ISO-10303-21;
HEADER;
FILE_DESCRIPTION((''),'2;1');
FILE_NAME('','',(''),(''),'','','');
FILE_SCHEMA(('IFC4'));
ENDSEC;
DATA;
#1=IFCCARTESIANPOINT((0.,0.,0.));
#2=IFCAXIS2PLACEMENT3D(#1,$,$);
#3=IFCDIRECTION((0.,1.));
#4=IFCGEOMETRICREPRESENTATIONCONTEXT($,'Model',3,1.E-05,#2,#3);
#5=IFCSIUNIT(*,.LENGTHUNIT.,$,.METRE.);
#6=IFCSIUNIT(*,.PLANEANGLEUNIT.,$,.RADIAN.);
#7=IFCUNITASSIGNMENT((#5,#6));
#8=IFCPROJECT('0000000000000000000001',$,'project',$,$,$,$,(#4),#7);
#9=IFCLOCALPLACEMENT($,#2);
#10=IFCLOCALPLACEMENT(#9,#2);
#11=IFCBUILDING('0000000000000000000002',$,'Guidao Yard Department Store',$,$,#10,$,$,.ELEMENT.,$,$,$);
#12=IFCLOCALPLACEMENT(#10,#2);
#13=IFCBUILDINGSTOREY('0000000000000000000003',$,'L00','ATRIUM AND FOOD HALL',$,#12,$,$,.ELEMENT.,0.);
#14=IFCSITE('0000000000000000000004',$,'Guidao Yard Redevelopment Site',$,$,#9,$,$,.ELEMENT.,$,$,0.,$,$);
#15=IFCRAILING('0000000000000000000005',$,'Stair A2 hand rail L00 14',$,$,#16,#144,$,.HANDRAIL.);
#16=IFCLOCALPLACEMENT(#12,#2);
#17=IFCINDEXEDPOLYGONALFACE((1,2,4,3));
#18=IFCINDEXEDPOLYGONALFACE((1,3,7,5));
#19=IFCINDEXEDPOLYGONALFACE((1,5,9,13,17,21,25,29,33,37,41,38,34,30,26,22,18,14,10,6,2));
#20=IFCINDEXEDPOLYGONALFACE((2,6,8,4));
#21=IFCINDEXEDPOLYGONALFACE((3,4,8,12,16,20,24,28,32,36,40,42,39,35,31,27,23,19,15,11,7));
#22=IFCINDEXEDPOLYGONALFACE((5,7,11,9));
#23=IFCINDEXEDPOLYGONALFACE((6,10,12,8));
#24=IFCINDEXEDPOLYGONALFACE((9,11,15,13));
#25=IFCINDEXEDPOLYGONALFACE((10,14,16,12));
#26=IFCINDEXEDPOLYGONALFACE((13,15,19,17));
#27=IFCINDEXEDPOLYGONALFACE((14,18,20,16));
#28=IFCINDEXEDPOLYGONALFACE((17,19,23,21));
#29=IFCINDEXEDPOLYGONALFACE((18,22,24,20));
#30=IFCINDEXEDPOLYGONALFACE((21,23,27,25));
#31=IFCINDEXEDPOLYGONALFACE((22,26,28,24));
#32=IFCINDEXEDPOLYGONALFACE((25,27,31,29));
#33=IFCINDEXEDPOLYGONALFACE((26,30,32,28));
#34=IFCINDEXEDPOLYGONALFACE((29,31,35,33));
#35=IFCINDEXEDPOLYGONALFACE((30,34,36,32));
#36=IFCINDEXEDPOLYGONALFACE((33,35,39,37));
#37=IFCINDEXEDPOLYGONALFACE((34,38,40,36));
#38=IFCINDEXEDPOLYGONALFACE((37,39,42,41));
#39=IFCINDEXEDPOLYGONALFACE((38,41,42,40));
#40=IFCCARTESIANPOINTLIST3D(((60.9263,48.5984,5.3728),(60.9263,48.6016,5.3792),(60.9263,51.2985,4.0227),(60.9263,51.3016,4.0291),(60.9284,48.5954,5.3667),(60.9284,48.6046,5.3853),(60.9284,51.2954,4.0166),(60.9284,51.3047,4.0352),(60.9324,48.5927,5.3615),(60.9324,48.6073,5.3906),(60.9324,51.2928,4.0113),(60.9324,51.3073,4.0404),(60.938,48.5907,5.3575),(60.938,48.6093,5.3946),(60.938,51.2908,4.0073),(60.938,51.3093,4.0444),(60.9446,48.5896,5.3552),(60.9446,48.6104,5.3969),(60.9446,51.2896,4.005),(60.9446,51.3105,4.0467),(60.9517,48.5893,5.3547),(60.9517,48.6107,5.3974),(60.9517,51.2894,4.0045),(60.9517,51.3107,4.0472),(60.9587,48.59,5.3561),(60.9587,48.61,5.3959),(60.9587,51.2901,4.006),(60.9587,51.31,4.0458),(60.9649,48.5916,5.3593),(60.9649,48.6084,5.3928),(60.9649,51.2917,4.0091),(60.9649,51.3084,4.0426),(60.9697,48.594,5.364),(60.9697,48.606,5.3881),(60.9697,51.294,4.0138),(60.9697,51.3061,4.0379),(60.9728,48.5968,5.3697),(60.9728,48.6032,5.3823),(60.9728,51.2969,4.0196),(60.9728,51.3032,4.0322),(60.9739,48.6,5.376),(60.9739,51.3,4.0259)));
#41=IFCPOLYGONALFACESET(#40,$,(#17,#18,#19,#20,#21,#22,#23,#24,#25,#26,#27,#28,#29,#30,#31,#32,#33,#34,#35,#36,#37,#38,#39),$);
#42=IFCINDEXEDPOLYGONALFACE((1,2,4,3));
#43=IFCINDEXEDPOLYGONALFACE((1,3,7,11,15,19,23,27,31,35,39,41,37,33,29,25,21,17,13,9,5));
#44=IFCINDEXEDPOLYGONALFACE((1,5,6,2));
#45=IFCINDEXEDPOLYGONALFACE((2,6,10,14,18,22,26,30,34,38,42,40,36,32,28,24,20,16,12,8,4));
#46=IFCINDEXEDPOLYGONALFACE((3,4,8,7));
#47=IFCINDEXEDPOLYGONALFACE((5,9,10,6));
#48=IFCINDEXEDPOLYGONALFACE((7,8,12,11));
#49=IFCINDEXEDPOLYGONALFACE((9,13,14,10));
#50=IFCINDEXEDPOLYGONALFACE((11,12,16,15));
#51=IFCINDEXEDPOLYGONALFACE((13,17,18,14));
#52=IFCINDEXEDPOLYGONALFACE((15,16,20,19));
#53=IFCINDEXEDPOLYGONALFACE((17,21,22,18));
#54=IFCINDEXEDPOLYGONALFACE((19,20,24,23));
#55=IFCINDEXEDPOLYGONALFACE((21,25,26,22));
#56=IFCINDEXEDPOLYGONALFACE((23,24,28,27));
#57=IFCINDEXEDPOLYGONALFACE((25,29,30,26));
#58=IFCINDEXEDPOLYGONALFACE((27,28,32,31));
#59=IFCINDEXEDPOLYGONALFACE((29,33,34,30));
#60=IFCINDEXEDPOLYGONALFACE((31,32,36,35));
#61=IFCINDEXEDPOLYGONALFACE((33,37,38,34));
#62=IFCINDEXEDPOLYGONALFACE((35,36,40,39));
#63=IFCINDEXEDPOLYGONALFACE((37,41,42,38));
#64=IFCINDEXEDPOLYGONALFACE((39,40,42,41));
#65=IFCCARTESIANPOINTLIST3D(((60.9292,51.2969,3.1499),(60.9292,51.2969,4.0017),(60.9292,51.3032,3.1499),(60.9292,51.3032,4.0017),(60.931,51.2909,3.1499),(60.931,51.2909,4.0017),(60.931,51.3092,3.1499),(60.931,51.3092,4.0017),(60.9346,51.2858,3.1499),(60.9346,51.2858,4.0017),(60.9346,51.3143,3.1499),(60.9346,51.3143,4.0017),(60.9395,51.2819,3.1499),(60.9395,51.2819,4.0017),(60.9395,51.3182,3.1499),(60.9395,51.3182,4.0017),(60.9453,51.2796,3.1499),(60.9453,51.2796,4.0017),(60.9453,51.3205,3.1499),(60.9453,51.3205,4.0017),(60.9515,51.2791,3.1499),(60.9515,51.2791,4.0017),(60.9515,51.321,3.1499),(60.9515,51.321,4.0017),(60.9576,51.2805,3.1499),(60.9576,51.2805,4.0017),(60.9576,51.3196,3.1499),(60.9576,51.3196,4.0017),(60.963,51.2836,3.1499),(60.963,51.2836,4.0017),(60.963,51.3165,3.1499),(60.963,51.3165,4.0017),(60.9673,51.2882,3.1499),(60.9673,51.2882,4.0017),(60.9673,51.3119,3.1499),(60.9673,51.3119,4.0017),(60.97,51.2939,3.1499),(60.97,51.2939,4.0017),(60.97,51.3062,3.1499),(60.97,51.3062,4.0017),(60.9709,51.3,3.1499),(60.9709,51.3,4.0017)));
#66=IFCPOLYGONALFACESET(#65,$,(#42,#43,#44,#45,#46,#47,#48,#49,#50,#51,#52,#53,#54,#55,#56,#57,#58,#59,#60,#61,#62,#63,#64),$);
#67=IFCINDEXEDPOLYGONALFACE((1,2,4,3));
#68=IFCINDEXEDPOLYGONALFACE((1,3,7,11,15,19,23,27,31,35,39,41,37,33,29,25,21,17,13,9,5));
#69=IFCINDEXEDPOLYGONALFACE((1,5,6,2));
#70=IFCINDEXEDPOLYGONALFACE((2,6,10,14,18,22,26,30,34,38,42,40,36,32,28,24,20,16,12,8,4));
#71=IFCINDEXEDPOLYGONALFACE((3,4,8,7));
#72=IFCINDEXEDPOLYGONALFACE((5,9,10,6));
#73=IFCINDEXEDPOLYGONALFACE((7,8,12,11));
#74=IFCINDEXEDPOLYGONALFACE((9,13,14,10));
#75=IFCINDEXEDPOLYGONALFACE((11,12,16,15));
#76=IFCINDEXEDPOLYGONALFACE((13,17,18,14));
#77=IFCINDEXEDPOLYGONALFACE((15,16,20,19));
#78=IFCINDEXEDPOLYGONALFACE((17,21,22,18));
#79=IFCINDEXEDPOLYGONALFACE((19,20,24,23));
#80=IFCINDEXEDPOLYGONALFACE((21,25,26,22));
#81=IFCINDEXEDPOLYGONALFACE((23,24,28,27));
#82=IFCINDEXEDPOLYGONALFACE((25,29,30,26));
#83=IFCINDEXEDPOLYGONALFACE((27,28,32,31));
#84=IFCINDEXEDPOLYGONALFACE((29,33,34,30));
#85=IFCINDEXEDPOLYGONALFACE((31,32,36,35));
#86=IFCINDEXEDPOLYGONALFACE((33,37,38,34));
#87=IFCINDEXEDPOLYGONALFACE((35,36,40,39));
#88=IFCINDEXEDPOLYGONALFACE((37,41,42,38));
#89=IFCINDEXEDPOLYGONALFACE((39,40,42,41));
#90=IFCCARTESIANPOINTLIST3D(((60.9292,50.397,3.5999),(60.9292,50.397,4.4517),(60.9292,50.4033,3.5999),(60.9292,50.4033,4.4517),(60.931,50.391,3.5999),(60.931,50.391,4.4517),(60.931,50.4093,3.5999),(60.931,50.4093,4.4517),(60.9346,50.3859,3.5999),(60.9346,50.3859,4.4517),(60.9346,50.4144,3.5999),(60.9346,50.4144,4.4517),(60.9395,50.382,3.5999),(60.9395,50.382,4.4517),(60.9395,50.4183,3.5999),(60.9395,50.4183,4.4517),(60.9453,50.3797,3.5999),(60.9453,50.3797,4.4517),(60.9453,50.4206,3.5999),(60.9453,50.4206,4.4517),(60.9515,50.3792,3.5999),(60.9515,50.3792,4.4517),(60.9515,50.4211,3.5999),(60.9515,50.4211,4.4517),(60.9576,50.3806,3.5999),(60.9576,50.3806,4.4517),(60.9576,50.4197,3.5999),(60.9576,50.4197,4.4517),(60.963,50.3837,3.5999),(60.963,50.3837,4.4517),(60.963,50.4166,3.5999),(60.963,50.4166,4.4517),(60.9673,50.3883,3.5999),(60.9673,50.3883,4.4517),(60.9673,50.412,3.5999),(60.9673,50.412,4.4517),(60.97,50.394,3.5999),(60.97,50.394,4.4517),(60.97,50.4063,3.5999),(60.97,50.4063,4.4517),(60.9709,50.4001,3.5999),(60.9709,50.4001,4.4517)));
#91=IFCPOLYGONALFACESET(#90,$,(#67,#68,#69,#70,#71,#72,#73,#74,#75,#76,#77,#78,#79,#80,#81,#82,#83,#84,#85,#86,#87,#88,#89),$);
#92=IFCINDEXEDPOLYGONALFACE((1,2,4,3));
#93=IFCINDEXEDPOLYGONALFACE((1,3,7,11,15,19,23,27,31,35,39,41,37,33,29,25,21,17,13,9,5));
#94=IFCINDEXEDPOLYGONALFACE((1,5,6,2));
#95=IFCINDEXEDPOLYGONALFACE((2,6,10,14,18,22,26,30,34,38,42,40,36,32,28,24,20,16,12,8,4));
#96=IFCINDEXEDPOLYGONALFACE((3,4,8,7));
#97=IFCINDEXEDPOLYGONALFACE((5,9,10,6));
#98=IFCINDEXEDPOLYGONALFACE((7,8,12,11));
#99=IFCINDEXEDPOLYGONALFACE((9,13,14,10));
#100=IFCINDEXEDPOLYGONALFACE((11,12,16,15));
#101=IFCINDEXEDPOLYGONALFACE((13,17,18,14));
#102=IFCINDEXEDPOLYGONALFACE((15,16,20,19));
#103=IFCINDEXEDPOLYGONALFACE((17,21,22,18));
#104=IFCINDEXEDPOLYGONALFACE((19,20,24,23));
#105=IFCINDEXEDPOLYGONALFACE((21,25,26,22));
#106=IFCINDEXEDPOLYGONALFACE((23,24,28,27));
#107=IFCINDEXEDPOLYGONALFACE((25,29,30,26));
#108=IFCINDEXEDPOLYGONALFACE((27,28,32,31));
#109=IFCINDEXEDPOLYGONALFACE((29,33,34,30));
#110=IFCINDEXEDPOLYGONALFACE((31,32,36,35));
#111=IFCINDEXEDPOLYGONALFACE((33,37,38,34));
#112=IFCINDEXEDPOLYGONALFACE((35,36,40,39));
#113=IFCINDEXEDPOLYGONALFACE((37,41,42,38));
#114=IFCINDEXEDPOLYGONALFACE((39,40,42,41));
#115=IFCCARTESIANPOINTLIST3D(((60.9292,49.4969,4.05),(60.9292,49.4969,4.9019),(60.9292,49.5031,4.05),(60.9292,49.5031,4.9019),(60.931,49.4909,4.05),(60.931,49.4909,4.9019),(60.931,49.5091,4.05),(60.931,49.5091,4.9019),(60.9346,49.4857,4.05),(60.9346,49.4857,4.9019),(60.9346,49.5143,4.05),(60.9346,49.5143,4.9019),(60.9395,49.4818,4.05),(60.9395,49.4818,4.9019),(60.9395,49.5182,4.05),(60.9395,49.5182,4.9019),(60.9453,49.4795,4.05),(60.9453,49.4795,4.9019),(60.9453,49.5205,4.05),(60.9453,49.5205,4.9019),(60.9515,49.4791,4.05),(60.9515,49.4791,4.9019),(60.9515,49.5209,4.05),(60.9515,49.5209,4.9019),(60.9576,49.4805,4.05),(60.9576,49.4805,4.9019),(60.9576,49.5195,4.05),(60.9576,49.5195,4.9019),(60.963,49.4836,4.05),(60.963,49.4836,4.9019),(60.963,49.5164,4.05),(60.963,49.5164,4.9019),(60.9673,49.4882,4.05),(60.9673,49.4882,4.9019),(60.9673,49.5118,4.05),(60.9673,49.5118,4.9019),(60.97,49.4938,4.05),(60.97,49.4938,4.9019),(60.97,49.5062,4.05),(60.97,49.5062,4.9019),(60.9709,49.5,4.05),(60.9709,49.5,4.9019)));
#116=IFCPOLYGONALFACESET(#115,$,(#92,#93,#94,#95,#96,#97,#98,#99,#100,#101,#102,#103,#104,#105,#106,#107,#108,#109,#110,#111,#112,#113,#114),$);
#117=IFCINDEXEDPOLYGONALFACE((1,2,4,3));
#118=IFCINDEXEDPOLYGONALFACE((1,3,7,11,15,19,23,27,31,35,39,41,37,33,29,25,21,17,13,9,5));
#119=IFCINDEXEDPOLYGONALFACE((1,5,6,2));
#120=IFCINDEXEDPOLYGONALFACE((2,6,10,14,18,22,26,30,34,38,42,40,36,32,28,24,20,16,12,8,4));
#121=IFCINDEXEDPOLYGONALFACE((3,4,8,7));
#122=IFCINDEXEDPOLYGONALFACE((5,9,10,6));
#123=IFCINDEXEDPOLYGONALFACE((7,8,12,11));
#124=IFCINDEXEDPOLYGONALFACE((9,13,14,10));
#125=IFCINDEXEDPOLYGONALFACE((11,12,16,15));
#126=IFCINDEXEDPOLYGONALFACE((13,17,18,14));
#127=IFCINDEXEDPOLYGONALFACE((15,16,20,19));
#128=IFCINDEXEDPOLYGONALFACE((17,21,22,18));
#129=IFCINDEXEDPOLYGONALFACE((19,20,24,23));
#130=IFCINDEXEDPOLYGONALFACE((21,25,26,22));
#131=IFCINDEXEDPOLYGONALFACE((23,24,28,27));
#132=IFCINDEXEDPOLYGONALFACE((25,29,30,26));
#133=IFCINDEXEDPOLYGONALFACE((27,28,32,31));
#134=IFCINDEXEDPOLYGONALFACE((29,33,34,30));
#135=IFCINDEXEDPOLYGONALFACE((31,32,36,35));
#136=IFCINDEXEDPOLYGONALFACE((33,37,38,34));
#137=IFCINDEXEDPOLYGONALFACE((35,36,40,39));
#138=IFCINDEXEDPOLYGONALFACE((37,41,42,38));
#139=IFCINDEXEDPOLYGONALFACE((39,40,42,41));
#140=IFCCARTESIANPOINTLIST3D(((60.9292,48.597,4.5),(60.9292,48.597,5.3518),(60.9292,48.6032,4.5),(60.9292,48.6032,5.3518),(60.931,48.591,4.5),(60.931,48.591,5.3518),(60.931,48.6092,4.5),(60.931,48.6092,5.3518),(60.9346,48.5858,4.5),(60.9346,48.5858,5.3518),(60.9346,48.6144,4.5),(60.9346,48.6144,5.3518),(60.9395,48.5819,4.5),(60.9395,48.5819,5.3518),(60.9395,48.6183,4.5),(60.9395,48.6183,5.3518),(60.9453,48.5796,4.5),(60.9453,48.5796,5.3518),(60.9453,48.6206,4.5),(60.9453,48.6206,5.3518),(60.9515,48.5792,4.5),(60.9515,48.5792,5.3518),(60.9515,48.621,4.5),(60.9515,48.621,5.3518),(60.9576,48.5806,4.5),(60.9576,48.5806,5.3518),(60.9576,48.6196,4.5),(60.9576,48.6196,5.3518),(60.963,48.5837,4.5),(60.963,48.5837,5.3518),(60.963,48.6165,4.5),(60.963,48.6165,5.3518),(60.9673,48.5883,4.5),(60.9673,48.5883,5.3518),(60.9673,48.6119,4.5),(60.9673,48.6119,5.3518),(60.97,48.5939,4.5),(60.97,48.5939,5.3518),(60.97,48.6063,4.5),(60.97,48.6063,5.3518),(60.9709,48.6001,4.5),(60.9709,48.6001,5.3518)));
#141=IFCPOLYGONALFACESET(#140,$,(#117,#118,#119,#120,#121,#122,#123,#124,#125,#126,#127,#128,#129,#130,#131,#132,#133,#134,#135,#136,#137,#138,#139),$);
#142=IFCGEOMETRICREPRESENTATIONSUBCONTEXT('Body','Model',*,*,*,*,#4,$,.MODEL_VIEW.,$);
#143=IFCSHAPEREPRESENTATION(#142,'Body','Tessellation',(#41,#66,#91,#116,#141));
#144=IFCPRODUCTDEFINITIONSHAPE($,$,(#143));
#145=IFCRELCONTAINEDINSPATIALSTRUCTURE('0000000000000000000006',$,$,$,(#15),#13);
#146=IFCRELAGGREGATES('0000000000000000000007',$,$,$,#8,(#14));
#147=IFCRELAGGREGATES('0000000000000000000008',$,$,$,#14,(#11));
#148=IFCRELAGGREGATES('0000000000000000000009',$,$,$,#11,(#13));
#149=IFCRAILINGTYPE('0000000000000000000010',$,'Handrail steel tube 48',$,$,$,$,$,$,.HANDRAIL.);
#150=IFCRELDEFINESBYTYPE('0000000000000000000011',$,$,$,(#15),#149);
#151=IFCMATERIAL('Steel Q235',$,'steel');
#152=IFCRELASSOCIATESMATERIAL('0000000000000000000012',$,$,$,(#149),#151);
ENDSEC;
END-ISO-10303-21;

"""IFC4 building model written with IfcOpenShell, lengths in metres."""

from ifc_helpers import new_model, si_unit, direction, frame, origin, origin_2d, place, context, subcontext, project, spatial, circle, extrude, material, type_object, element, save


model = new_model("IFC4")

# Units and contexts
model_context = context("Model", 3, precision=1e-05, world=origin(), true_north=direction((0.0, 1.0)))
body_context = subcontext(model_context, "Body", "Model", "MODEL_VIEW")
ifc_project = project(units=[si_unit("LENGTHUNIT", "METRE"), si_unit("PLANEANGLEUNIT", "RADIAN")], contexts=[model_context])

# Site, building, storey
site_placement = place(None, origin())
site = spatial("IfcSite", under=ifc_project, at=site_placement, Name="Guidao Yard Redevelopment Site", CompositionType="ELEMENT", RefElevation=0.0)
building_placement = place(site_placement, origin())
building = spatial("IfcBuilding", under=site, at=building_placement, Name="Guidao Yard Department Store", CompositionType="ELEMENT")
storey_placement = place(building_placement, origin())
storey = spatial("IfcBuildingStorey", under=building, at=storey_placement, Name="L00", Description="ATRIUM AND FOOD HALL", CompositionType="ELEMENT", Elevation=0.0)

# Railing
ifc_material_1 = material(Name="Steel Q235", Category="steel")
railing_type = type_object("IfcRailingType", Name="Handrail steel tube 48", PredefinedType="HANDRAIL", material=ifc_material_1)
for number, where, name in (
    (1, (60.95, 51.3, 3.1499), "Stair A2 hand rail L00 14"),
):
    element("IfcRailing", number, at=place(storey_placement, frame(where)), inside=storey, type_object=railing_type, Name=name, PredefinedType="HANDRAIL", context=body_context, shape_type="SweptSolid", body=[
        extrude(circle(Radius=0.0239, at=origin_2d()), frame((0.0, 0.0, 0.876), z_axis=(0.0, -0.894411, 0.447246), x_axis=(1.0, 0.0, 0.0)), (0.0, 0.0, 1.0), 3.0188),
        extrude(circle(Radius=0.021, at=origin_2d()), origin(), (0.0, 0.0, 1.0), 0.8518),
        extrude(circle(Radius=0.021, at=origin_2d()), frame((0.0, -0.8999, 0.45)), (0.0, 0.0, 1.0), 0.8518),
        extrude(circle(Radius=0.021, at=origin_2d()), frame((0.0, -1.8, 0.9001)), (0.0, 0.0, 1.0), 0.8518),
        extrude(circle(Radius=0.021, at=origin_2d()), frame((0.0, -2.7, 1.3501)), (0.0, 0.0, 1.0), 0.8518),
    ])

save(model, "model.ifc")
